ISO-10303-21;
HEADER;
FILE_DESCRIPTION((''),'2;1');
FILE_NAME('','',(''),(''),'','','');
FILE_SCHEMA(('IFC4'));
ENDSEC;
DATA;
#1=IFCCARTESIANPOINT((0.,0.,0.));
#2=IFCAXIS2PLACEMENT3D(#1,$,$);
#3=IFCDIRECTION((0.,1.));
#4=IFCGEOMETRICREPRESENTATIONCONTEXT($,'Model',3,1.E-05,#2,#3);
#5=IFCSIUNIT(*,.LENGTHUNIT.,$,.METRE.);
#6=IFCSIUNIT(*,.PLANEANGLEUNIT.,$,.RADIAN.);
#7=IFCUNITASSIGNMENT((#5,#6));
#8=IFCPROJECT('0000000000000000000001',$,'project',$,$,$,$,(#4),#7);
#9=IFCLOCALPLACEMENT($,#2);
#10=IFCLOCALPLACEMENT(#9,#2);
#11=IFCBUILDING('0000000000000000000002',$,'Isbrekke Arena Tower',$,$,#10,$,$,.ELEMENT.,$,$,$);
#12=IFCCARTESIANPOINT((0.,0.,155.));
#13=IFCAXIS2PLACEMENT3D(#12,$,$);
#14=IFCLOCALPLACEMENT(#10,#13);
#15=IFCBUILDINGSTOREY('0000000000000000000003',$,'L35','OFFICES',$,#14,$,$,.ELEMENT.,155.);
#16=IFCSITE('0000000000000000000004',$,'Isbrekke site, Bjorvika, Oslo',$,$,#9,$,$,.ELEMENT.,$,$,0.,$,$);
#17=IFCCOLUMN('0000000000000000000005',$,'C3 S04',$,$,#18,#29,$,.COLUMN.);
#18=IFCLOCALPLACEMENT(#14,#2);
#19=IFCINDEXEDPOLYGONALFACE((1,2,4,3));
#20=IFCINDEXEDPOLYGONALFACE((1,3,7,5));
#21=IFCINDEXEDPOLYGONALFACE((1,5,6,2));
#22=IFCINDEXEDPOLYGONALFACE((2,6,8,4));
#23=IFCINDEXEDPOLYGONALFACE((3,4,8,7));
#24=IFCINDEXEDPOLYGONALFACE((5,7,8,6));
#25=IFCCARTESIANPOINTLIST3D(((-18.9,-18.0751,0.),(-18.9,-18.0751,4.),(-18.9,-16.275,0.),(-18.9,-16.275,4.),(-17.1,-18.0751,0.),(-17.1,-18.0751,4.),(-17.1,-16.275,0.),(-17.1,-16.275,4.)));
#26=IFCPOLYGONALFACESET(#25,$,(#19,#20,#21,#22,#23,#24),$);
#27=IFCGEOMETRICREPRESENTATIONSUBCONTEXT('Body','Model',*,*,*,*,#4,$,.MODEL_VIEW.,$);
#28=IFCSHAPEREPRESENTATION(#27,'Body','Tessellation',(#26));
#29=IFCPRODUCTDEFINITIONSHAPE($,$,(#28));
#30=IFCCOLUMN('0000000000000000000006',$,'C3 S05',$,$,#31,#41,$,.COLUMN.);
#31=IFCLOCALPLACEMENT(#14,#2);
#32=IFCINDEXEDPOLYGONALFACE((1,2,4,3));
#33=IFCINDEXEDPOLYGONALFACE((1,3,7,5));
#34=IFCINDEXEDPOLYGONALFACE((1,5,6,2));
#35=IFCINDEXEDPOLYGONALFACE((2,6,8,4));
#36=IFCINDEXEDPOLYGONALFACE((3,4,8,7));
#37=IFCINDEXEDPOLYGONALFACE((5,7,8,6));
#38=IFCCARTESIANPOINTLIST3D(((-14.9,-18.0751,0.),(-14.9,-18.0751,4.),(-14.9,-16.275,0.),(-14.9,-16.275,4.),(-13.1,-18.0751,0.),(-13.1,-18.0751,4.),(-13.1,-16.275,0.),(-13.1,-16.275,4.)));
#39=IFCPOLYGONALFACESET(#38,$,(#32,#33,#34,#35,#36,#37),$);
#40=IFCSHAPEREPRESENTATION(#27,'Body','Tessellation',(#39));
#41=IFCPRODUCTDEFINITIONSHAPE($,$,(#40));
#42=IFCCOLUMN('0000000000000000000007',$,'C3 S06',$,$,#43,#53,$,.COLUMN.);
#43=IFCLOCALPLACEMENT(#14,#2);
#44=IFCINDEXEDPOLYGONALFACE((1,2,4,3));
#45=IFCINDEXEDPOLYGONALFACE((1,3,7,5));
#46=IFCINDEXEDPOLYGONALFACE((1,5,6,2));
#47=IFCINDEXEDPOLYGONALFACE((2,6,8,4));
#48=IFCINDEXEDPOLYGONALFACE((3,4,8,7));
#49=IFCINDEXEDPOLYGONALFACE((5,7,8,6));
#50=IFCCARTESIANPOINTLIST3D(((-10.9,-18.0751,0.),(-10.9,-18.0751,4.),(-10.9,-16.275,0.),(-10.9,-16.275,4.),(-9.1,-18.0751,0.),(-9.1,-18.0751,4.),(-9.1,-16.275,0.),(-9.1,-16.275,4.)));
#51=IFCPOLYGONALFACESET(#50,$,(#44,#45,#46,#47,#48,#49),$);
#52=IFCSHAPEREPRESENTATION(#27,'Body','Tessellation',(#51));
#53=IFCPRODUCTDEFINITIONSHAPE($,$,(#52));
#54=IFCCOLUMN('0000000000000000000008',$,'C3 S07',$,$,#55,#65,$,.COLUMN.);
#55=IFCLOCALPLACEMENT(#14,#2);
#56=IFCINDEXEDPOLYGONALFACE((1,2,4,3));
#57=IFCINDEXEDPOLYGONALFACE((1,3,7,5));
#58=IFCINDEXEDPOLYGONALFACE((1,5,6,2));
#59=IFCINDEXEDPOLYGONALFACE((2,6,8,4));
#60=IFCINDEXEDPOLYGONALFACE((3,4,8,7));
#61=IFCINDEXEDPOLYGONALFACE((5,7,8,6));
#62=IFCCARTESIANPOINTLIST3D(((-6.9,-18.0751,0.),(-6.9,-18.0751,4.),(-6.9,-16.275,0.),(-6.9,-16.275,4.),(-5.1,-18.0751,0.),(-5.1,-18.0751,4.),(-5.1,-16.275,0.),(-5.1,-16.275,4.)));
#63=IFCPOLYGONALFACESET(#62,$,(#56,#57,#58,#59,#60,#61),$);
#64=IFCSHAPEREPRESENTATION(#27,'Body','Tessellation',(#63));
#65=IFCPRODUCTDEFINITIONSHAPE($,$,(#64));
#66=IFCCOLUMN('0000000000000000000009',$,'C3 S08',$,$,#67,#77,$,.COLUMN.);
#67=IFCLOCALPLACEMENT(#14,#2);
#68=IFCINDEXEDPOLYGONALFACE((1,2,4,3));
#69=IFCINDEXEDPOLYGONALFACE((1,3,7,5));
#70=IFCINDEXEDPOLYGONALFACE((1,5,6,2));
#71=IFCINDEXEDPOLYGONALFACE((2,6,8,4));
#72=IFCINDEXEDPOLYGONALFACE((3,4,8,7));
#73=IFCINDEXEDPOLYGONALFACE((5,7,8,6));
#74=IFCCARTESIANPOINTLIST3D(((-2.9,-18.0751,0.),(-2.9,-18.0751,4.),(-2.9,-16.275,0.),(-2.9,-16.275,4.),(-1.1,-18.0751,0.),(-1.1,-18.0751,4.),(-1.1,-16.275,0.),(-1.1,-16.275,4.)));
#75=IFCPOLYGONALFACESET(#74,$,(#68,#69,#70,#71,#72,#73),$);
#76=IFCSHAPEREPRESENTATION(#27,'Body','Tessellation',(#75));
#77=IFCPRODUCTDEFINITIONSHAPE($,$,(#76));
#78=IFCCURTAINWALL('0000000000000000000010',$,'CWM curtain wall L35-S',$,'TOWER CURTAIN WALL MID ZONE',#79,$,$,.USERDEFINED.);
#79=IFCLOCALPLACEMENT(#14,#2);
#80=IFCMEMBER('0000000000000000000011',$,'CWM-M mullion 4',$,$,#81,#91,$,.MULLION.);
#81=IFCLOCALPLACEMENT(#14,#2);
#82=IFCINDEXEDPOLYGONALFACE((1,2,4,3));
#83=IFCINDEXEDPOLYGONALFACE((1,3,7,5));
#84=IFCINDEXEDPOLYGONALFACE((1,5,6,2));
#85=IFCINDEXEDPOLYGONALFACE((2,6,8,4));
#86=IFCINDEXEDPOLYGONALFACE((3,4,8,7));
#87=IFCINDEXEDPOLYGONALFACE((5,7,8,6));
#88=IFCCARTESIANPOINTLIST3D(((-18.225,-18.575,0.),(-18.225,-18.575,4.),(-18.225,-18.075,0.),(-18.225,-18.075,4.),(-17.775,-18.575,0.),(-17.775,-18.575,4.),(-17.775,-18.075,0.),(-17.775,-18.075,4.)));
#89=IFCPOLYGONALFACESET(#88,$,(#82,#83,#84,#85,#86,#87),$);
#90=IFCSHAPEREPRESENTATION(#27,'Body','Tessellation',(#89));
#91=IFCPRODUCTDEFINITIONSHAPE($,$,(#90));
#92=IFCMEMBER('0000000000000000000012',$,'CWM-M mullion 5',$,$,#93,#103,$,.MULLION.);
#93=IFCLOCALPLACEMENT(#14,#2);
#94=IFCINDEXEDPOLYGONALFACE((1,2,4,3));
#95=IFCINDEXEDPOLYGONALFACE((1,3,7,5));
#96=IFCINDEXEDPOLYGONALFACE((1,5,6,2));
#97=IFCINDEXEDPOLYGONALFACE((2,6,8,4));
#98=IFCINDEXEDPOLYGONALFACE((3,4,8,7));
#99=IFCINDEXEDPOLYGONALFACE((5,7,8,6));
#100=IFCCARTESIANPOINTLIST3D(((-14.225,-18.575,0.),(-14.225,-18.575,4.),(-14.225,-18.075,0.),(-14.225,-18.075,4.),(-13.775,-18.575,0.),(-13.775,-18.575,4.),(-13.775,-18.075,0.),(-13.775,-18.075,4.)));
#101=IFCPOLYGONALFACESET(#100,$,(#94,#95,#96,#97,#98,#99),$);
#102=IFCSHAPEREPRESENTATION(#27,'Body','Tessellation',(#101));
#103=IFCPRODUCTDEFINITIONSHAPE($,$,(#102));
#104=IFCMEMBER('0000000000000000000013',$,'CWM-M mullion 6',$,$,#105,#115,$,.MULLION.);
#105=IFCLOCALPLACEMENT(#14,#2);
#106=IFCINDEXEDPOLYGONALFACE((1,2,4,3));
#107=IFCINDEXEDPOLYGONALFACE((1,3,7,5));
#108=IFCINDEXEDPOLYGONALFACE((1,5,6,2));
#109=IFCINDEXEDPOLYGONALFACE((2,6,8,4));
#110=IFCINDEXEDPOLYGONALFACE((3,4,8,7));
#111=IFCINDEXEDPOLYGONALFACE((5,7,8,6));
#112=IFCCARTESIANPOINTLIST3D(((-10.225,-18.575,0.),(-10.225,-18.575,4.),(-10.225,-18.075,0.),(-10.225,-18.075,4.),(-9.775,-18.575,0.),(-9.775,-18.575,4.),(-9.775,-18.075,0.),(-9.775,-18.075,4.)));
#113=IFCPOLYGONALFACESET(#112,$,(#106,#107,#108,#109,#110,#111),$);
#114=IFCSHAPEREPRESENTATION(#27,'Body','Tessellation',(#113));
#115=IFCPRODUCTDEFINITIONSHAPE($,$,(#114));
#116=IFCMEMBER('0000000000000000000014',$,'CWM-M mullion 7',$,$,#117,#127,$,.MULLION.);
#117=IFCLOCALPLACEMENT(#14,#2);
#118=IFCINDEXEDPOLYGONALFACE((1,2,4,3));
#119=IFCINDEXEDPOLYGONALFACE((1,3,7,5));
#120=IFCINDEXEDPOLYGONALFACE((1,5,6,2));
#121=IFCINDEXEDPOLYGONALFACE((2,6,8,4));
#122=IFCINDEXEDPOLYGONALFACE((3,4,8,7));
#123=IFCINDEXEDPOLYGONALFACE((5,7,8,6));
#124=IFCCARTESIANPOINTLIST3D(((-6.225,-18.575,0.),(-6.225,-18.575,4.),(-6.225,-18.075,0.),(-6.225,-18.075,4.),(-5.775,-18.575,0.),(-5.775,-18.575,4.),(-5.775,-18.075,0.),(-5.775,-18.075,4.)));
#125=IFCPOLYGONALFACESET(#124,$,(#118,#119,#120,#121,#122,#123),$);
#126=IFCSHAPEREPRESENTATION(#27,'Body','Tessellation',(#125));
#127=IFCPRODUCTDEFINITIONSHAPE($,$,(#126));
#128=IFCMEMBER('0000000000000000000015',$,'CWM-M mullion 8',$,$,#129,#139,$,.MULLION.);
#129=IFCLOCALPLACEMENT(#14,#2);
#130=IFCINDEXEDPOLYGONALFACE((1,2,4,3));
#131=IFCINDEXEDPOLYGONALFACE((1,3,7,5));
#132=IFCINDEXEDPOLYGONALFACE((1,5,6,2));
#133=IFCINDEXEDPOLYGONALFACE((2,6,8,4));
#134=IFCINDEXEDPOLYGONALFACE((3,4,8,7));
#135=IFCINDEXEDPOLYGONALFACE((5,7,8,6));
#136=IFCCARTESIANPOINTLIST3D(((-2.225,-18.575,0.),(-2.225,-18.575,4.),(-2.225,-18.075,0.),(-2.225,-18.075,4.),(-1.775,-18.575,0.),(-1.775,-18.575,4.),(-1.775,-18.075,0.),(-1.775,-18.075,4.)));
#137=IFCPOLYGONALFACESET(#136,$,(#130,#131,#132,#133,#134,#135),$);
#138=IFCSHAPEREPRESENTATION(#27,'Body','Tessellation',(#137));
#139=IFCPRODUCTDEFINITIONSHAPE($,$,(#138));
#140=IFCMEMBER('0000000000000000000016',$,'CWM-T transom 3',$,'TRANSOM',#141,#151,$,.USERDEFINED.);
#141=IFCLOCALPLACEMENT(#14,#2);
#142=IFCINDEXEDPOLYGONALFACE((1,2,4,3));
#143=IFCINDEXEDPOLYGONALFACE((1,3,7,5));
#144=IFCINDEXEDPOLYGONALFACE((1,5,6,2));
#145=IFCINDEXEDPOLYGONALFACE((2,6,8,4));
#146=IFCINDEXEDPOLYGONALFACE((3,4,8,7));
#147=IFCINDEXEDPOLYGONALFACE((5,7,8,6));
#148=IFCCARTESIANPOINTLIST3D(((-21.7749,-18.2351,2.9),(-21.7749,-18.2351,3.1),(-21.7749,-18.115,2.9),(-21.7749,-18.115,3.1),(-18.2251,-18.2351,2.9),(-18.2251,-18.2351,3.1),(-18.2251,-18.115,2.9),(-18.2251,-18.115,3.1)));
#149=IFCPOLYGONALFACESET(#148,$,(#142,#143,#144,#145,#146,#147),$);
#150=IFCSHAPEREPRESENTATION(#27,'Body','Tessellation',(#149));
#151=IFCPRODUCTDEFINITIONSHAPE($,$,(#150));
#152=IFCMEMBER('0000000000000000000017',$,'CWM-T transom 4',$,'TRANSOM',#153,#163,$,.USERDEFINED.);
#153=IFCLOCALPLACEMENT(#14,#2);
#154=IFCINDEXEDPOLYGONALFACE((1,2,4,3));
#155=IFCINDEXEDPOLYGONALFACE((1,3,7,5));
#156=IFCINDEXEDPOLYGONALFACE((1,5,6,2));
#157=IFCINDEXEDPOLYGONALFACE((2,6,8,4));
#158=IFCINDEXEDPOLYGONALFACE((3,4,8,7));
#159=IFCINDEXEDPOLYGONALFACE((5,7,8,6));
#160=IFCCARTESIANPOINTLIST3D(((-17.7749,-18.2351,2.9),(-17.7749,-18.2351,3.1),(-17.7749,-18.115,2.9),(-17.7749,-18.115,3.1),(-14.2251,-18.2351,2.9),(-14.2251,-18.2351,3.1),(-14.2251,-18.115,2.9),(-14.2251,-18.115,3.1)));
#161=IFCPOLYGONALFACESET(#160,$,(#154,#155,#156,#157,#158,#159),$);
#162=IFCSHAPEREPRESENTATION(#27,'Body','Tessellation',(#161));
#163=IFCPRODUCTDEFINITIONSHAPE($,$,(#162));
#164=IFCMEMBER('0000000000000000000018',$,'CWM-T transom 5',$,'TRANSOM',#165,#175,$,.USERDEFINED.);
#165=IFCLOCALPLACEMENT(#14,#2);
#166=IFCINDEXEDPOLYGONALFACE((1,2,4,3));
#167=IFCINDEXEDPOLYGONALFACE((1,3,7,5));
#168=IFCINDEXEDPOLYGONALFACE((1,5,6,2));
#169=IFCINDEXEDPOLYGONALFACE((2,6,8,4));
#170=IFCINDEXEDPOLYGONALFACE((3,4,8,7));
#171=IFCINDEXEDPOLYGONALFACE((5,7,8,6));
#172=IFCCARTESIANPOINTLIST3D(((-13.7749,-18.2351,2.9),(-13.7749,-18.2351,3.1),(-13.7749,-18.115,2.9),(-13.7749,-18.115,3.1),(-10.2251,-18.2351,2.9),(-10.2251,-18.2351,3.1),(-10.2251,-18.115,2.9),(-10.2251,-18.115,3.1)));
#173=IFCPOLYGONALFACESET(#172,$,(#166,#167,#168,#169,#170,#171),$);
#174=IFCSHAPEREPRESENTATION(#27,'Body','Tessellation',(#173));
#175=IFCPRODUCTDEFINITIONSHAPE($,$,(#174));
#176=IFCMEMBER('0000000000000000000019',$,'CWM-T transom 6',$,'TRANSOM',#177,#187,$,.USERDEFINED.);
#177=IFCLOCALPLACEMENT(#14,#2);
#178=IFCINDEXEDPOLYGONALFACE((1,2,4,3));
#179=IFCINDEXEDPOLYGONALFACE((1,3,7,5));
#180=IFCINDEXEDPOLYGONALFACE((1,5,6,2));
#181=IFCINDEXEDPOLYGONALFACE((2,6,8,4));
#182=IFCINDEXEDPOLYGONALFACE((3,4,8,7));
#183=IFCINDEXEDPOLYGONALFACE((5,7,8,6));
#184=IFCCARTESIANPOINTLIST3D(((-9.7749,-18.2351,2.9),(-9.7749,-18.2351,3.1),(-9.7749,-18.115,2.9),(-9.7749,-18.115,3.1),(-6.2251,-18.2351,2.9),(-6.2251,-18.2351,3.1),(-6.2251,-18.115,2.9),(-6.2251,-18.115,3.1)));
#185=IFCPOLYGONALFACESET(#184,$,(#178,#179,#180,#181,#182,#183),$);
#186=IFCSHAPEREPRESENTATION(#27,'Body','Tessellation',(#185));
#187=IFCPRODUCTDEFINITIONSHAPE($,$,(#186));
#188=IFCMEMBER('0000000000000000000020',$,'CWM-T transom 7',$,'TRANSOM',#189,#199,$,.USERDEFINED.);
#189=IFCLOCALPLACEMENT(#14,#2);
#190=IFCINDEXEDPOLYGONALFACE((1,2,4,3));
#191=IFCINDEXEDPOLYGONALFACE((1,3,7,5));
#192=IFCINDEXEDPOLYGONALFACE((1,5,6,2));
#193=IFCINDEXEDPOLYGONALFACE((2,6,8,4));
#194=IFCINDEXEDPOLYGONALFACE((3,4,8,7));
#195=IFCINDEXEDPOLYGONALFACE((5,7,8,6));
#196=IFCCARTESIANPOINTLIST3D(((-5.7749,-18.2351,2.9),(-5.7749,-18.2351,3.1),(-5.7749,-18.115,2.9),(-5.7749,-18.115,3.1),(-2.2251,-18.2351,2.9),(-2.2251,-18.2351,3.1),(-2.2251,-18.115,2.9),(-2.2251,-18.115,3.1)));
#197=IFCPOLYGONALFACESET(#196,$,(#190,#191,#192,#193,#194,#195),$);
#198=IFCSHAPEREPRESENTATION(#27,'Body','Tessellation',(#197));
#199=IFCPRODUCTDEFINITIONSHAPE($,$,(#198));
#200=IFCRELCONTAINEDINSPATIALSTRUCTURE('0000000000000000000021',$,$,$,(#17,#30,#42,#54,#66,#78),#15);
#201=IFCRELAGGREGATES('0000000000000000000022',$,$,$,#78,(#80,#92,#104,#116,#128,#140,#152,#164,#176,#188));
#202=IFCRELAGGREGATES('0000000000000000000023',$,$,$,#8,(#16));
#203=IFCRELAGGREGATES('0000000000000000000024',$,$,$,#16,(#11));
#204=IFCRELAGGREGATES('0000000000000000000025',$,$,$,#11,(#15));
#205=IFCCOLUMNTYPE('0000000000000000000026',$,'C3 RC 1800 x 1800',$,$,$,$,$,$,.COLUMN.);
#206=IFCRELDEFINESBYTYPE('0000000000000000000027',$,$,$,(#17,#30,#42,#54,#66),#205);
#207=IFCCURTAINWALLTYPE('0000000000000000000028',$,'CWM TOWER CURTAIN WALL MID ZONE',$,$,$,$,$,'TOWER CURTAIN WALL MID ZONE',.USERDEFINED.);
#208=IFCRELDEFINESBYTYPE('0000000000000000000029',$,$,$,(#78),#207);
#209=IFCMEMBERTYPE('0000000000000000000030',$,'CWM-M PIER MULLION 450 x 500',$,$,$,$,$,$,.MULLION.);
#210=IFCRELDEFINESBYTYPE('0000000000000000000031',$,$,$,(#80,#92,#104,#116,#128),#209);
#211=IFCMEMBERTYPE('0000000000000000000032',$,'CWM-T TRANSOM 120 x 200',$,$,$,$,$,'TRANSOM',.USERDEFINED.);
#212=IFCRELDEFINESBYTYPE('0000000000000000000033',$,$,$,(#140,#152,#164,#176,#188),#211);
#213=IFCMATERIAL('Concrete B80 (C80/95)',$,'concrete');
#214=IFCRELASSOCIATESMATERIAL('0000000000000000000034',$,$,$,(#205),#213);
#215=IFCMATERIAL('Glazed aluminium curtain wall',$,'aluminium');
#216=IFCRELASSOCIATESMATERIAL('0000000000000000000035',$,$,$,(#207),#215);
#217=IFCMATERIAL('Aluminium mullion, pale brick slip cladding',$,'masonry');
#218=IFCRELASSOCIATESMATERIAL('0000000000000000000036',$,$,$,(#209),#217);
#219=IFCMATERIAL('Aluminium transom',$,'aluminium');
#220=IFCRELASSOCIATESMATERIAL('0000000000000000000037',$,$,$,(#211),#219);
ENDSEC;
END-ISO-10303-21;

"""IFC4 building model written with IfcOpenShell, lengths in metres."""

from ifc_helpers import new_model, si_unit, direction, frame, origin, origin_2d, place, context, subcontext, project, spatial, rectangle, extrude, material, material_profile, profile_set, type_object, element, aggregate, save


model = new_model("IFC4")

# Units and contexts
model_context = context("Model", 3, precision=1e-05, world=origin(), true_north=direction((0.0, 1.0)))
body_context = subcontext(model_context, "Body", "Model", "MODEL_VIEW")
ifc_project = project(units=[si_unit("LENGTHUNIT", "METRE"), si_unit("PLANEANGLEUNIT", "RADIAN")], contexts=[model_context])

# Site, building, storey
site_placement = place(None, origin())
site = spatial("IfcSite", under=ifc_project, at=site_placement, Name="Isbrekke site, Bjorvika, Oslo", CompositionType="ELEMENT", RefElevation=0.0)
building_placement = place(site_placement, origin())
building = spatial("IfcBuilding", under=site, at=building_placement, Name="Isbrekke Arena Tower", CompositionType="ELEMENT")
storey_placement = place(building_placement, frame((0.0, 0.0, 155.0)))
storey = spatial("IfcBuildingStorey", under=building, at=storey_placement, Name="L35", Description="OFFICES", CompositionType="ELEMENT", Elevation=155.0)

# Columns
ifc_material_1 = material(Name="Concrete B80 (C80/95)", Category="concrete")
ifc_material_profile_1 = material_profile(ifc_material_1, rectangle(XDim=1.8, YDim=1.8, at=origin_2d()), Name="RC 1800x1800")
ifc_profile_set_1 = profile_set([ifc_material_profile_1], Name="Concrete B80 (C80/95)")
column_type = type_object("IfcColumnType", Name="C3 RC 1800 x 1800", PredefinedType="COLUMN", material=ifc_profile_set_1)
for number, where, z_axis, x_axis, name in (
    (1, (-18.0, -17.175, 0.0), (0.0, 0.0, 1.0), (1.0, 0.0, 0.0), "C3 S04"),
    (2, (-14.0, -17.175, 0.0), (0.0, 0.0, 1.0), (1.0, 0.0, 0.0), "C3 S05"),
    (3, (-10.0, -17.175, 0.0), (0.0, 0.0, 1.0), (1.0, 0.0, 0.0), "C3 S06"),
    (4, (-6.0, -17.175, 0.0), (0.0, 0.0, 1.0), (1.0, 0.0, 0.0), "C3 S07"),
    (5, (-2.0, -17.175, 0.0), (0.0, 0.0, 1.0), (1.0, 0.0, 0.0), "C3 S08"),
):
    element("IfcColumn", number, at=place(storey_placement, frame(where, z_axis=z_axis, x_axis=x_axis)), inside=storey, type_object=column_type, Name=name, PredefinedType="COLUMN", context=body_context, shape_type="SweptSolid", body=[
        extrude(rectangle(XDim=1.8, YDim=1.8, at=origin_2d()), origin(), (0.0, 0.0, 1.0), 4.0),
    ])

# Curtain wall, members
ifc_material_2 = material(Name="Glazed aluminium curtain wall", Category="aluminium")
curtain_wall_type = type_object("IfcCurtainWallType", Name="CWM TOWER CURTAIN WALL MID ZONE", ElementType="TOWER CURTAIN WALL MID ZONE", PredefinedType="USERDEFINED", material=ifc_material_2)
curtain_wall_placement = place(storey_placement, origin())
curtain_wall = element("IfcCurtainWall", 6, at=curtain_wall_placement, inside=storey, type_object=curtain_wall_type, Name="CWM curtain wall L35-S", ObjectType="TOWER CURTAIN WALL MID ZONE", PredefinedType="USERDEFINED")
ifc_material_3 = material(Name="Aluminium mullion, pale brick slip cladding", Category="masonry")
ifc_material_profile_2 = material_profile(ifc_material_3, rectangle(XDim=0.45, YDim=0.5, at=origin_2d()), Name="PIER 450X500")
ifc_profile_set_2 = profile_set([ifc_material_profile_2], Name="Aluminium mullion, pale brick slip cladding")
member_type_1 = type_object("IfcMemberType", Name="CWM-M PIER MULLION 450 x 500", PredefinedType="MULLION", material=ifc_profile_set_2)
member_1_placement = place(storey_placement, frame((-18.0, -18.325, 0.0), z_axis=(0.0, 0.0, 1.0), x_axis=(1.0, 0.0, 0.0)))
member_1 = element("IfcMember", 7, at=member_1_placement, type_object=member_type_1, Name="CWM-M mullion 4", PredefinedType="MULLION", context=body_context, shape_type="SweptSolid", body=[
    extrude(rectangle(XDim=0.45, YDim=0.5, at=origin_2d()), origin(), (0.0, 0.0, 1.0), 4.0),
])
member_2_placement = place(storey_placement, frame((-14.0, -18.325, 0.0), z_axis=(0.0, 0.0, 1.0), x_axis=(1.0, 0.0, 0.0)))
member_2 = element("IfcMember", 8, at=member_2_placement, type_object=member_type_1, Name="CWM-M mullion 5", PredefinedType="MULLION", context=body_context, shape_type="SweptSolid", body=[
    extrude(rectangle(XDim=0.45, YDim=0.5, at=origin_2d()), origin(), (0.0, 0.0, 1.0), 4.0),
])
member_3_placement = place(storey_placement, frame((-10.0, -18.325, 0.0), z_axis=(0.0, 0.0, 1.0), x_axis=(1.0, 0.0, 0.0)))
member_3 = element("IfcMember", 9, at=member_3_placement, type_object=member_type_1, Name="CWM-M mullion 6", PredefinedType="MULLION", context=body_context, shape_type="SweptSolid", body=[
    extrude(rectangle(XDim=0.45, YDim=0.5, at=origin_2d()), origin(), (0.0, 0.0, 1.0), 4.0),
])
member_4_placement = place(storey_placement, frame((-6.0, -18.325, 0.0), z_axis=(0.0, 0.0, 1.0), x_axis=(1.0, 0.0, 0.0)))
member_4 = element("IfcMember", 10, at=member_4_placement, type_object=member_type_1, Name="CWM-M mullion 7", PredefinedType="MULLION", context=body_context, shape_type="SweptSolid", body=[
    extrude(rectangle(XDim=0.45, YDim=0.5, at=origin_2d()), origin(), (0.0, 0.0, 1.0), 4.0),
])
member_5_placement = place(storey_placement, frame((-2.0, -18.325, 0.0), z_axis=(0.0, 0.0, 1.0), x_axis=(1.0, 0.0, 0.0)))
member_5 = element("IfcMember", 11, at=member_5_placement, type_object=member_type_1, Name="CWM-M mullion 8", PredefinedType="MULLION", context=body_context, shape_type="SweptSolid", body=[
    extrude(rectangle(XDim=0.45, YDim=0.5, at=origin_2d()), origin(), (0.0, 0.0, 1.0), 4.0),
])
ifc_material_4 = material(Name="Aluminium transom", Category="aluminium")
ifc_material_profile_3 = material_profile(ifc_material_4, rectangle(XDim=0.1201, YDim=0.2, at=origin_2d()), Name="TRANSOM 120X200")
ifc_profile_set_3 = profile_set([ifc_material_profile_3], Name="Aluminium transom")
member_type_2 = type_object("IfcMemberType", Name="CWM-T TRANSOM 120 x 200", ElementType="TRANSOM", PredefinedType="USERDEFINED", material=ifc_profile_set_3)
member_6_placement = place(storey_placement, frame((-21.7749, -18.175, 3.0), z_axis=(1.0, 0.0, 0.0), x_axis=(0.0, 1.0, 0.0)))
member_6 = element("IfcMember", 12, at=member_6_placement, type_object=member_type_2, Name="CWM-T transom 3", ObjectType="TRANSOM", PredefinedType="USERDEFINED", context=body_context, shape_type="SweptSolid", body=[
    extrude(rectangle(XDim=0.1201, YDim=0.2, at=origin_2d()), origin(), (0.0, 0.0, 1.0), 3.5498),
])
member_7_placement = place(storey_placement, frame((-17.7749, -18.175, 3.0), z_axis=(1.0, 0.0, 0.0), x_axis=(0.0, 1.0, 0.0)))
member_7 = element("IfcMember", 13, at=member_7_placement, type_object=member_type_2, Name="CWM-T transom 4", ObjectType="TRANSOM", PredefinedType="USERDEFINED", context=body_context, shape_type="SweptSolid", body=[
    extrude(rectangle(XDim=0.1201, YDim=0.2, at=origin_2d()), origin(), (0.0, 0.0, 1.0), 3.5498),
])
member_8_placement = place(storey_placement, frame((-13.7749, -18.175, 3.0), z_axis=(1.0, 0.0, 0.0), x_axis=(0.0, 1.0, 0.0)))
member_8 = element("IfcMember", 14, at=member_8_placement, type_object=member_type_2, Name="CWM-T transom 5", ObjectType="TRANSOM", PredefinedType="USERDEFINED", context=body_context, shape_type="SweptSolid", body=[
    extrude(rectangle(XDim=0.1201, YDim=0.2, at=origin_2d()), origin(), (0.0, 0.0, 1.0), 3.5498),
])
member_9_placement = place(storey_placement, frame((-9.7749, -18.175, 3.0), z_axis=(1.0, 0.0, 0.0), x_axis=(0.0, 1.0, 0.0)))
member_9 = element("IfcMember", 15, at=member_9_placement, type_object=member_type_2, Name="CWM-T transom 6", ObjectType="TRANSOM", PredefinedType="USERDEFINED", context=body_context, shape_type="SweptSolid", body=[
    extrude(rectangle(XDim=0.1201, YDim=0.2, at=origin_2d()), origin(), (0.0, 0.0, 1.0), 3.5498),
])
member_10_placement = place(storey_placement, frame((-5.7749, -18.175, 3.0), z_axis=(1.0, 0.0, 0.0), x_axis=(0.0, 1.0, 0.0)))
member_10 = element("IfcMember", 16, at=member_10_placement, type_object=member_type_2, Name="CWM-T transom 7", ObjectType="TRANSOM", PredefinedType="USERDEFINED", context=body_context, shape_type="SweptSolid", body=[
    extrude(rectangle(XDim=0.1201, YDim=0.2, at=origin_2d()), origin(), (0.0, 0.0, 1.0), 3.5498),
])

aggregate(curtain_wall, [member_1, member_2, member_3, member_4, member_5, member_6, member_7, member_8, member_9, member_10])

save(model, "model.ifc")
